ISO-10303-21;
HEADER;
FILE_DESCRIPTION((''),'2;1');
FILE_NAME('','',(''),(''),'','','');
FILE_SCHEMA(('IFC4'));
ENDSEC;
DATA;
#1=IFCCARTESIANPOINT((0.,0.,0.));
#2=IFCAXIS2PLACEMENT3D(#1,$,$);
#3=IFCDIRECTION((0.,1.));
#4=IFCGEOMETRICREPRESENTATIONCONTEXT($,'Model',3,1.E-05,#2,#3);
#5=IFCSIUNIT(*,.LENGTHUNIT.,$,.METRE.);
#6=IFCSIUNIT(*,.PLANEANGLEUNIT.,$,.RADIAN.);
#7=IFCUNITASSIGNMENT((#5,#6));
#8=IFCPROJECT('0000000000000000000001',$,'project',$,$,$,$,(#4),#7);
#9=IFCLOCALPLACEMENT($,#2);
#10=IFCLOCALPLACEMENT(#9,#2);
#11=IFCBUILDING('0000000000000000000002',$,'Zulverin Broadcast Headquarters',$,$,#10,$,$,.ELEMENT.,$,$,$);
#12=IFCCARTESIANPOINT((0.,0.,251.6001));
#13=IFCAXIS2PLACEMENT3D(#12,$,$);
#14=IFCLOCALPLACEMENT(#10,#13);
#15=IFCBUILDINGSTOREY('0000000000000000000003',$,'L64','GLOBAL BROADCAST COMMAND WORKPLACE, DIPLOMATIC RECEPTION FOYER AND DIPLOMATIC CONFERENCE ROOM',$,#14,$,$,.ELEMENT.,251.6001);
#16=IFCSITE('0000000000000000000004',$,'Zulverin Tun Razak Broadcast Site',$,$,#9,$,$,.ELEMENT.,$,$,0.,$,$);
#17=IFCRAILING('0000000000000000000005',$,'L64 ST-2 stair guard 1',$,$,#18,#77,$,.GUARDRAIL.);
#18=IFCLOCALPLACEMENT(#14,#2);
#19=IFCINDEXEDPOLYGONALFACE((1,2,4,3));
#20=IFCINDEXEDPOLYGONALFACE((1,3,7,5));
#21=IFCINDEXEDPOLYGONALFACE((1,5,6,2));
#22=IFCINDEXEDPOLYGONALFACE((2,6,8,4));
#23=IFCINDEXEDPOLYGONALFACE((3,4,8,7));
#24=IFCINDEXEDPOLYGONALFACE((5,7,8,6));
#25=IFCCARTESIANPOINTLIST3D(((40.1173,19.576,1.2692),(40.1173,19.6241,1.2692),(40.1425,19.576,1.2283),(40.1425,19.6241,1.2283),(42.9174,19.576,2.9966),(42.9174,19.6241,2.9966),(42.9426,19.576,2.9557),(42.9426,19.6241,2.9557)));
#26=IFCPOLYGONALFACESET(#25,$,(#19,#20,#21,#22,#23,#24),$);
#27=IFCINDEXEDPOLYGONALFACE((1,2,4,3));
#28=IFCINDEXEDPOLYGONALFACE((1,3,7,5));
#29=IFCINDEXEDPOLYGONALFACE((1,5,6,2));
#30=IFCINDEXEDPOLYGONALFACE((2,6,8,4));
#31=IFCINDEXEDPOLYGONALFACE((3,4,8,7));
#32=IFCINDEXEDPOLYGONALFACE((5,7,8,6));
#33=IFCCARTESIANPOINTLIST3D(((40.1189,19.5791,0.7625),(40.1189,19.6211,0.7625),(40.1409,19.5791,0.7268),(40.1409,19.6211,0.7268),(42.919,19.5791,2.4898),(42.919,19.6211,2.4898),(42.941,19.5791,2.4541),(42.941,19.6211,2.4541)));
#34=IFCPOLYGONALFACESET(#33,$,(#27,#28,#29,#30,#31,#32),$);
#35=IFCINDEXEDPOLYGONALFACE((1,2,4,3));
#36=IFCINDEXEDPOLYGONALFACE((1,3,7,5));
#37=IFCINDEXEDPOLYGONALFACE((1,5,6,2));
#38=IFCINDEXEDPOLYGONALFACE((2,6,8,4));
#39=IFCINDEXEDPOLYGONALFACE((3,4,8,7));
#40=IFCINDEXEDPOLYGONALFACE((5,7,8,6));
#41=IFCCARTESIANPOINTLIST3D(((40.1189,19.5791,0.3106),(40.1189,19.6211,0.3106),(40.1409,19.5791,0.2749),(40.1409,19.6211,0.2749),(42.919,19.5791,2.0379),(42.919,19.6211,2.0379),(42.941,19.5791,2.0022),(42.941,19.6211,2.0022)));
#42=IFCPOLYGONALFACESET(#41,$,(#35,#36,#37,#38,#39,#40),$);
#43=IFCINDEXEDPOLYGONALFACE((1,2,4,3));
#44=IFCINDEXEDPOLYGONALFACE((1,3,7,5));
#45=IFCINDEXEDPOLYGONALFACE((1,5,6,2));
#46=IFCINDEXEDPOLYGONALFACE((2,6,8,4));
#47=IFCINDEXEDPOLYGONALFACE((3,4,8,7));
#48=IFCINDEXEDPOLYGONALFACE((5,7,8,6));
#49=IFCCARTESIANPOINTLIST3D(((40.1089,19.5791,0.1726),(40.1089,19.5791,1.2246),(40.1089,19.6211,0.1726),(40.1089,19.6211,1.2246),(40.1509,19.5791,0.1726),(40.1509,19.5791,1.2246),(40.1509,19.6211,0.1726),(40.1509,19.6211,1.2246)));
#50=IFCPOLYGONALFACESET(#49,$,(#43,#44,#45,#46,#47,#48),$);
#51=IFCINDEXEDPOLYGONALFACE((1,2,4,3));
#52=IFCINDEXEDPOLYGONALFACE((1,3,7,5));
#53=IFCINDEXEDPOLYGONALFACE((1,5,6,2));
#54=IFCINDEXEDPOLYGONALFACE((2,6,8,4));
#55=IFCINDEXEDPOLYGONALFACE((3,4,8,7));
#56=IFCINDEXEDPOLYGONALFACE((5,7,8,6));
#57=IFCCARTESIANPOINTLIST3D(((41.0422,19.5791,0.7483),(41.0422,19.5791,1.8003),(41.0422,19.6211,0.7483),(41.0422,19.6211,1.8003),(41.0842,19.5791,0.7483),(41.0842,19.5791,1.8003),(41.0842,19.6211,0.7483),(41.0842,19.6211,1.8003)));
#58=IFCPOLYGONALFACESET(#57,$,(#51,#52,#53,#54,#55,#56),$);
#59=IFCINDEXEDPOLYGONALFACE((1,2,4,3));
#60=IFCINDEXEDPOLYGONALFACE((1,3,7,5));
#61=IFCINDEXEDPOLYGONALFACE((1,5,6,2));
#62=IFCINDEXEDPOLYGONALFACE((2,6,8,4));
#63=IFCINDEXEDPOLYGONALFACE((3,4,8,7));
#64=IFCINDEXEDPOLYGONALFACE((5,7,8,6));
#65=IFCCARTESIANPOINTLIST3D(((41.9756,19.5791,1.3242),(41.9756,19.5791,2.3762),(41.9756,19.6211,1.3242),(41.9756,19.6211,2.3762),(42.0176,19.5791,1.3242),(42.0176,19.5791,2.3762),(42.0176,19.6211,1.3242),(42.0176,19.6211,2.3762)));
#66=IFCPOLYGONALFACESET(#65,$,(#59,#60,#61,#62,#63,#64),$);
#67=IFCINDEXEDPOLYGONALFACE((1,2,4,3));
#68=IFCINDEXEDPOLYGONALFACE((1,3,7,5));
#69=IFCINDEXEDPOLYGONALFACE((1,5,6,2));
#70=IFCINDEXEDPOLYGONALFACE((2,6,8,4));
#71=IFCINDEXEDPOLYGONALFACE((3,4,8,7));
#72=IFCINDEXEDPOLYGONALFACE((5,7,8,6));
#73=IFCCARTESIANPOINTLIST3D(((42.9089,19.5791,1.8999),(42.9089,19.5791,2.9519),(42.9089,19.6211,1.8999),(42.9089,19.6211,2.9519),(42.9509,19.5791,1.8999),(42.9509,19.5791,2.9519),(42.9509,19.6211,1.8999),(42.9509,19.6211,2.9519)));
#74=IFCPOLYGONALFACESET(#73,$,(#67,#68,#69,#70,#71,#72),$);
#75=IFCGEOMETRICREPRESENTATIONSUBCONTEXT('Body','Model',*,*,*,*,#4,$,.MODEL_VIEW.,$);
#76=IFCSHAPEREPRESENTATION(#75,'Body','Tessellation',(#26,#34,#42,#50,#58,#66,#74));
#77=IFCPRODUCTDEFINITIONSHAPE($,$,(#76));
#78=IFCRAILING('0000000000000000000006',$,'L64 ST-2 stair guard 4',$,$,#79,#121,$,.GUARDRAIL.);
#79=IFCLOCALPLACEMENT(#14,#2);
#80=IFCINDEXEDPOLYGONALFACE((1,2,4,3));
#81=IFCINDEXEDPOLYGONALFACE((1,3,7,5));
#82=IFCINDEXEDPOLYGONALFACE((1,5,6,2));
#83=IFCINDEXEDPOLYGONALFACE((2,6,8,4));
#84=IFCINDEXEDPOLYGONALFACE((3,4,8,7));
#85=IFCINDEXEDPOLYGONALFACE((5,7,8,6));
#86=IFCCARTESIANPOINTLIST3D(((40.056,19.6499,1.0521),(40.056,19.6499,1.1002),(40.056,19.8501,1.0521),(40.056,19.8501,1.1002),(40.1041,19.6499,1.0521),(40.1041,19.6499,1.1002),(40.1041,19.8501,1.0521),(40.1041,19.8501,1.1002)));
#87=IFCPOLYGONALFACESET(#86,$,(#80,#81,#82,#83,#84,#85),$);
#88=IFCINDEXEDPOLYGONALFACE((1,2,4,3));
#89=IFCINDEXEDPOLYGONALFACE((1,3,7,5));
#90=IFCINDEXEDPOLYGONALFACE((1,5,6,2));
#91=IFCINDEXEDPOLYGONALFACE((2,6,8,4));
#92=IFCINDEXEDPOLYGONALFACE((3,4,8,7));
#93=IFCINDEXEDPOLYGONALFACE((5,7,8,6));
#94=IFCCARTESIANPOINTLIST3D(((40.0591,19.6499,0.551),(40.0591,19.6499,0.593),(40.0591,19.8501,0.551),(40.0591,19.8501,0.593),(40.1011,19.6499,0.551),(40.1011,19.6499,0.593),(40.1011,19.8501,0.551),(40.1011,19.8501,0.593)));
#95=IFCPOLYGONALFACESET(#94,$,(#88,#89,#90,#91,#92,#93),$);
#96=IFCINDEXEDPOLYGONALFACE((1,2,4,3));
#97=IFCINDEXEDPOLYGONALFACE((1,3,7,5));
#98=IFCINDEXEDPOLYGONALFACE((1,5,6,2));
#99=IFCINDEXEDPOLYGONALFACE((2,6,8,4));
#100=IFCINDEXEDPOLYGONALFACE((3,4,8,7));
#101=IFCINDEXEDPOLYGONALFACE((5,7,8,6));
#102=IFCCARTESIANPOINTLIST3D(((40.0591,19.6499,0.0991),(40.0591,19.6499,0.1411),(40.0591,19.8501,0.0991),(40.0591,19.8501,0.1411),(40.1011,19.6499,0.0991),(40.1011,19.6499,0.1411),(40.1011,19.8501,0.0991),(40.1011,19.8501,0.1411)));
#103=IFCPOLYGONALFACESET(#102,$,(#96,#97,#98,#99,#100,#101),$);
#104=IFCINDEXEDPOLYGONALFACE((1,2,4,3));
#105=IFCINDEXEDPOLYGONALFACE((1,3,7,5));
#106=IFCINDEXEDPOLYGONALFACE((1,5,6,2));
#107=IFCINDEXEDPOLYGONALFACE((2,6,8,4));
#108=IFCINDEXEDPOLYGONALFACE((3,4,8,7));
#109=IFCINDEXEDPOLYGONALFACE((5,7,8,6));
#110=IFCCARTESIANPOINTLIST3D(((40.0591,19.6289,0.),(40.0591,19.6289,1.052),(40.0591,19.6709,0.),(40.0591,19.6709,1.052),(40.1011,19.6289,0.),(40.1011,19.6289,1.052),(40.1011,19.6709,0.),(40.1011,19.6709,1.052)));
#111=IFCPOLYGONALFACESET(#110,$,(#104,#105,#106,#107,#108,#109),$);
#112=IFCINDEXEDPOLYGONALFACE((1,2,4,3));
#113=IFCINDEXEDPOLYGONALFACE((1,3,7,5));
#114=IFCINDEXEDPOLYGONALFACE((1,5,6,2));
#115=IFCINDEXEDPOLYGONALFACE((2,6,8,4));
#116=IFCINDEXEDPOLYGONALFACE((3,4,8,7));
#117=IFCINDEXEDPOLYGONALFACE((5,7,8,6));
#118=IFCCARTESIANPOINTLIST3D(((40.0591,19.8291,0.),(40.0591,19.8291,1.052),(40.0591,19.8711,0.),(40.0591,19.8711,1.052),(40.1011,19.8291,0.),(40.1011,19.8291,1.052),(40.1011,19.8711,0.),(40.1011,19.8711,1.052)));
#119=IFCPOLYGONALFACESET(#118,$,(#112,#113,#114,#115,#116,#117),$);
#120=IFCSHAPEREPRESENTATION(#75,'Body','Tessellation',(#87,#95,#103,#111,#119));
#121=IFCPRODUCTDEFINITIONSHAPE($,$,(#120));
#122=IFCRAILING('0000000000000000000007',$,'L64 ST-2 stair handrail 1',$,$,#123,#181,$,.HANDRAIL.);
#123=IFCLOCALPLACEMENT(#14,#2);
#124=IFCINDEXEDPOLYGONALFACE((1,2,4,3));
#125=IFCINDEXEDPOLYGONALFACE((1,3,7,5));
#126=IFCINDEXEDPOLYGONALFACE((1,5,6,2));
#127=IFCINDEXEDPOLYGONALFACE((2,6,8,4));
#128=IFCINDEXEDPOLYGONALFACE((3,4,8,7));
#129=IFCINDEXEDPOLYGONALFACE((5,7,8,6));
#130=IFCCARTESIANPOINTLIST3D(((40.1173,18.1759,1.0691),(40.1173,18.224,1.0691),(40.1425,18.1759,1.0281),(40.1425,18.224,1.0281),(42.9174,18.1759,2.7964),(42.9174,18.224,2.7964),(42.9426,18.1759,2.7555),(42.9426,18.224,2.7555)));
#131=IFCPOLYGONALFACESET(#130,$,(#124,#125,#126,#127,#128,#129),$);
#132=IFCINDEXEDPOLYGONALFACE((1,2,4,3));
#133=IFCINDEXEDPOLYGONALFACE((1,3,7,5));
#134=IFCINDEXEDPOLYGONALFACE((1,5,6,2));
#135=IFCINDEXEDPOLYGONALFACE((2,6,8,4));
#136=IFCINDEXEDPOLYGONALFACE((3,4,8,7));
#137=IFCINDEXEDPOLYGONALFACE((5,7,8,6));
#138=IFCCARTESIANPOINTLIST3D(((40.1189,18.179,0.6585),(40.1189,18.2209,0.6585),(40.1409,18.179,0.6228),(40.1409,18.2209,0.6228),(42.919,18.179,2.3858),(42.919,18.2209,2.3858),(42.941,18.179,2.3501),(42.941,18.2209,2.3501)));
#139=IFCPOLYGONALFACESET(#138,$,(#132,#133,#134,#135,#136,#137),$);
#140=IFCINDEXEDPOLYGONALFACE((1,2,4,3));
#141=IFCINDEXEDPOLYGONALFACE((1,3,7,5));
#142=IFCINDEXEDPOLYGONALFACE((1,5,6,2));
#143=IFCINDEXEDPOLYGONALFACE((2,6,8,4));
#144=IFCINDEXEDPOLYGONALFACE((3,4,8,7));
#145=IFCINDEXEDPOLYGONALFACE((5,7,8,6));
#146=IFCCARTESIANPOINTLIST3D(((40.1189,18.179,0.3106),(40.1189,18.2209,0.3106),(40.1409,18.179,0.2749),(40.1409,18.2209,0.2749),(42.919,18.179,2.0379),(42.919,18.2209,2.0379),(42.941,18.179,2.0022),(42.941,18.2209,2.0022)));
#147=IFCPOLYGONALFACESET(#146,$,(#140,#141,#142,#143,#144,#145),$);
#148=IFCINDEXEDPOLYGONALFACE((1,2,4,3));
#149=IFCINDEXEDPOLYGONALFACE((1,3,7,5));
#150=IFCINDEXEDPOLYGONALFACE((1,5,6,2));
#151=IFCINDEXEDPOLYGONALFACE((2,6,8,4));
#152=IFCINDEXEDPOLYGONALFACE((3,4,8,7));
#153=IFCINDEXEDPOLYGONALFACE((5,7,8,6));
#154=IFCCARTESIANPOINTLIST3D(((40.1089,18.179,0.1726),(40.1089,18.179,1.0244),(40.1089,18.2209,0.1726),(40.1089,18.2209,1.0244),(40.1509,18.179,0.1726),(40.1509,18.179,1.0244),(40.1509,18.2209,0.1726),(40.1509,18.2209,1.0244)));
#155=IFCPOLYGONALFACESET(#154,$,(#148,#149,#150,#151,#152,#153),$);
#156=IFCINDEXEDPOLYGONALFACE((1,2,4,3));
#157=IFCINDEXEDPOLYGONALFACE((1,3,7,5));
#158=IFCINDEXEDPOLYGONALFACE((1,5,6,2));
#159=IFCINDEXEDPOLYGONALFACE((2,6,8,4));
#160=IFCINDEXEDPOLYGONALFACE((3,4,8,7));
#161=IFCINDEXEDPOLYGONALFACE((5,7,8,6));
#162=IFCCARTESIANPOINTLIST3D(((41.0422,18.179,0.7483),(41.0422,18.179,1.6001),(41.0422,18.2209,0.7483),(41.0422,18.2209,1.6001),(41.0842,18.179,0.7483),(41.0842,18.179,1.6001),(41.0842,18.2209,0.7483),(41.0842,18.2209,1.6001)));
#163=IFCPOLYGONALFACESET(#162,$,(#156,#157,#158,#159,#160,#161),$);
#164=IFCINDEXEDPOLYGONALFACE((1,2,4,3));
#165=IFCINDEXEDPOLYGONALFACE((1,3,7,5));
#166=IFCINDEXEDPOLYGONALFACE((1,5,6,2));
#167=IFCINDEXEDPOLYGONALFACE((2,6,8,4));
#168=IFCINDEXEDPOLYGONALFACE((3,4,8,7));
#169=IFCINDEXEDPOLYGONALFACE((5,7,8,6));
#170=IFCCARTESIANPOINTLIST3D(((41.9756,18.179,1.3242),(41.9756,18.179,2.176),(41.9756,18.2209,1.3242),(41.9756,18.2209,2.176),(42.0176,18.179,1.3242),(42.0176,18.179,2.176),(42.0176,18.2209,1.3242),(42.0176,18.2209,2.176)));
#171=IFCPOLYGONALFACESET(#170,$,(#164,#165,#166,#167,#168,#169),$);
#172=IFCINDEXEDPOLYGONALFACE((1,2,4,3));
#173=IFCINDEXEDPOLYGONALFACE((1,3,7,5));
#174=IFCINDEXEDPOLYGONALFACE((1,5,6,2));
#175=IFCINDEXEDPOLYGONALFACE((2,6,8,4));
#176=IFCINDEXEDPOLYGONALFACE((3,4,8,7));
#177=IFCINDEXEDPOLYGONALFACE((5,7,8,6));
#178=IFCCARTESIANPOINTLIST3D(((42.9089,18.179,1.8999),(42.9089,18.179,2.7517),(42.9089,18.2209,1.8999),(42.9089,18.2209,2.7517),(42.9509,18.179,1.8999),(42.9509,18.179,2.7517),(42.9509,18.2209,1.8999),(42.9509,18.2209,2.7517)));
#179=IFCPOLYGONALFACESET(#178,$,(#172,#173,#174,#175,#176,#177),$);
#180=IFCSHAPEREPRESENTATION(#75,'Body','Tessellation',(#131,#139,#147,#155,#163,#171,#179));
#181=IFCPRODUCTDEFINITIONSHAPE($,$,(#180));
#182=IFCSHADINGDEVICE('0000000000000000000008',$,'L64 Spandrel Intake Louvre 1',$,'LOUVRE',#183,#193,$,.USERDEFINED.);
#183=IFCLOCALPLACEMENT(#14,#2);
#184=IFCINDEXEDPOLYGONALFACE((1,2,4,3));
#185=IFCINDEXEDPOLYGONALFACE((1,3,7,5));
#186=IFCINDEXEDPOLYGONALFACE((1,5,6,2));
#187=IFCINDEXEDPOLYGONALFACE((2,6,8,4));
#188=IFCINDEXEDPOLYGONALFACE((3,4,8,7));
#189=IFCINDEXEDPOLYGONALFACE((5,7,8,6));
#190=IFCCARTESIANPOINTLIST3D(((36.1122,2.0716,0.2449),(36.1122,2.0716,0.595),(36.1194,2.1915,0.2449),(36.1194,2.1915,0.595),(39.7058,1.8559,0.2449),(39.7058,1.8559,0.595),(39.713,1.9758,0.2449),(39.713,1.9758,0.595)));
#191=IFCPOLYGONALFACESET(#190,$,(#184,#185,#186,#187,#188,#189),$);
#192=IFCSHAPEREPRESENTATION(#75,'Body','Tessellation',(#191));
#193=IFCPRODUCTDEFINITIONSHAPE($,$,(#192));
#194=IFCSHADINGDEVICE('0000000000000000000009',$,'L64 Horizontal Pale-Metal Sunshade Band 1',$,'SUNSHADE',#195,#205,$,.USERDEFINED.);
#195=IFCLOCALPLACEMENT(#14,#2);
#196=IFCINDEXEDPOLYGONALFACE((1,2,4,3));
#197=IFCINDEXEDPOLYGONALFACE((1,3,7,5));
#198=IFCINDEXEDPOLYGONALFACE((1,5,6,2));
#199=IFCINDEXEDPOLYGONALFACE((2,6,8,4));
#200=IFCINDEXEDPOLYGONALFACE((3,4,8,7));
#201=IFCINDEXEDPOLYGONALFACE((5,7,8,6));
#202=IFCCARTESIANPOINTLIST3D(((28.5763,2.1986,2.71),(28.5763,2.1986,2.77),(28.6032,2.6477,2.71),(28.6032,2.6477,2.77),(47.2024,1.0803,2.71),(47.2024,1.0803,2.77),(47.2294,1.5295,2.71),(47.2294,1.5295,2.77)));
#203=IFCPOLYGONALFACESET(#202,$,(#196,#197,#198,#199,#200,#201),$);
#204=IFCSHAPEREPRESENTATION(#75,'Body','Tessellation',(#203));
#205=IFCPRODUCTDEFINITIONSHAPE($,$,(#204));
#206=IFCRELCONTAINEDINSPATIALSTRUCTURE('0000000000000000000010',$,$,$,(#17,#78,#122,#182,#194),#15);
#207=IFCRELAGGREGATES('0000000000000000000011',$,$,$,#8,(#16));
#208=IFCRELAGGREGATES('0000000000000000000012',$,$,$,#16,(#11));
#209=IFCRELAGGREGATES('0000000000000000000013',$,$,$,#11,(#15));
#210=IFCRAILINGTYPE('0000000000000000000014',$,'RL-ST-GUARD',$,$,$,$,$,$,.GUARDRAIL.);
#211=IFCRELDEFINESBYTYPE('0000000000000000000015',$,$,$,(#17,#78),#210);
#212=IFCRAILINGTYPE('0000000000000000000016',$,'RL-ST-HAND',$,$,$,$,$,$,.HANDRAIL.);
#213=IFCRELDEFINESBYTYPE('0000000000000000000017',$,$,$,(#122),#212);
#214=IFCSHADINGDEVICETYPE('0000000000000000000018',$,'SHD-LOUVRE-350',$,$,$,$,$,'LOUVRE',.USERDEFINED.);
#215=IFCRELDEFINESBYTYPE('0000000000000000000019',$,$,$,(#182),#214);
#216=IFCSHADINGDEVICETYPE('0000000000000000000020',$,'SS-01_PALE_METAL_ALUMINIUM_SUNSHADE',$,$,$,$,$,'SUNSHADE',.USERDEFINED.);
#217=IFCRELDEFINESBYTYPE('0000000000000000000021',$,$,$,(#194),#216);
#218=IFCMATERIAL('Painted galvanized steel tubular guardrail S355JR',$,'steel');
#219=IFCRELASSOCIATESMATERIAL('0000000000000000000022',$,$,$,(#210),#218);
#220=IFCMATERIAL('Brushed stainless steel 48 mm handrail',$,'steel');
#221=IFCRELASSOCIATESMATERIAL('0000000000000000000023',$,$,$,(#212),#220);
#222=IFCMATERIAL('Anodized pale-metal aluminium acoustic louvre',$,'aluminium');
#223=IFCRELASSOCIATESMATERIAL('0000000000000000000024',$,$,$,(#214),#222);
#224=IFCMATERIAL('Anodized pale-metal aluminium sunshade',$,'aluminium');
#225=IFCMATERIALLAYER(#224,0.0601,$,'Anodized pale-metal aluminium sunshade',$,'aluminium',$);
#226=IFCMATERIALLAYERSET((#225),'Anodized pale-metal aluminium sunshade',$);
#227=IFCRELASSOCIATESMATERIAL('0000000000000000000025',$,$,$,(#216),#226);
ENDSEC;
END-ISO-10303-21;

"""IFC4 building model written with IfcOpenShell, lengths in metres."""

from ifc_helpers import new_model, si_unit, direction, frame, origin, origin_2d, place, context, subcontext, project, spatial, rectangle, extrude, material, layer, layer_set, type_object, element, save


model = new_model("IFC4")

# Units and contexts
model_context = context("Model", 3, precision=1e-05, world=origin(), true_north=direction((0.0, 1.0)))
body_context = subcontext(model_context, "Body", "Model", "MODEL_VIEW")
ifc_project = project(units=[si_unit("LENGTHUNIT", "METRE"), si_unit("PLANEANGLEUNIT", "RADIAN")], contexts=[model_context])

# Site, building, storey
site_placement = place(None, origin())
site = spatial("IfcSite", under=ifc_project, at=site_placement, Name="Zulverin Tun Razak Broadcast Site", CompositionType="ELEMENT", RefElevation=0.0)
building_placement = place(site_placement, origin())
building = spatial("IfcBuilding", under=site, at=building_placement, Name="Zulverin Broadcast Headquarters", CompositionType="ELEMENT")
storey_placement = place(building_placement, frame((0.0, 0.0, 251.6001)))
storey = spatial("IfcBuildingStorey", under=building, at=storey_placement, Name="L64", Description="GLOBAL BROADCAST COMMAND WORKPLACE, DIPLOMATIC RECEPTION FOYER AND DIPLOMATIC CONFERENCE ROOM", CompositionType="ELEMENT", Elevation=251.6001)

# Railings
ifc_material_1 = material(Name="Painted galvanized steel tubular guardrail S355JR", Category="steel")
railing_type_1 = type_object("IfcRailingType", Name="RL-ST-GUARD", PredefinedType="GUARDRAIL", material=ifc_material_1)
railing_1_placement = place(storey_placement, frame((40.1299, 19.6001, 0.1726)))
element("IfcRailing", 1, at=railing_1_placement, inside=storey, type_object=railing_type_1, Name="L64 ST-2 stair guard 1", PredefinedType="GUARDRAIL", context=body_context, shape_type="SweptSolid", body=[
    extrude(rectangle(XDim=0.0481, YDim=0.0481, at=origin_2d()), frame((0.0, 0.0, 1.0762), z_axis=(0.85109, 0.0, 0.52502), x_axis=(0.0, 1.0, 0.0)), (0.0, 0.0, 1.0), 3.29),
    extrude(rectangle(XDim=0.042, YDim=0.042, at=origin_2d()), frame((0.0, 0.0, 0.572), z_axis=(0.85109, 0.0, 0.52502), x_axis=(0.0, 1.0, 0.0)), (0.0, 0.0, 1.0), 3.29),
    extrude(rectangle(XDim=0.042, YDim=0.042, at=origin_2d()), frame((0.0, 0.0, 0.1201), z_axis=(0.85109, 0.0, 0.52502), x_axis=(0.0, 1.0, 0.0)), (0.0, 0.0, 1.0), 3.29),
    extrude(rectangle(XDim=0.042, YDim=0.042, at=origin_2d()), origin(), (0.0, 0.0, 1.0), 1.052),
    extrude(rectangle(XDim=0.042, YDim=0.042, at=origin_2d()), frame((0.9333, 0.0, 0.5757)), (0.0, 0.0, 1.0), 1.052),
    extrude(rectangle(XDim=0.042, YDim=0.042, at=origin_2d()), frame((1.8667, 0.0, 1.1516)), (0.0, 0.0, 1.0), 1.052),
    extrude(rectangle(XDim=0.042, YDim=0.042, at=origin_2d()), frame((2.8, 0.0, 1.7273)), (0.0, 0.0, 1.0), 1.052),
])
railing_2_placement = place(storey_placement, frame((40.0801, 19.6499, 0.0)))
element("IfcRailing", 2, at=railing_2_placement, inside=storey, type_object=railing_type_1, Name="L64 ST-2 stair guard 4", PredefinedType="GUARDRAIL", context=body_context, shape_type="SweptSolid", body=[
    extrude(rectangle(XDim=0.0481, YDim=0.0481, at=origin_2d()), frame((0.0, 0.0, 1.0762), z_axis=(0.0, 1.0, 0.0), x_axis=(-1.0, 0.0, 0.0)), (0.0, 0.0, 1.0), 0.2002),
    extrude(rectangle(XDim=0.042, YDim=0.042, at=origin_2d()), frame((0.0, 0.0, 0.572), z_axis=(0.0, 1.0, 0.0), x_axis=(-1.0, 0.0, 0.0)), (0.0, 0.0, 1.0), 0.2002),
    extrude(rectangle(XDim=0.042, YDim=0.042, at=origin_2d()), frame((0.0, 0.0, 0.1201), z_axis=(0.0, 1.0, 0.0), x_axis=(-1.0, 0.0, 0.0)), (0.0, 0.0, 1.0), 0.2002),
    extrude(rectangle(XDim=0.042, YDim=0.042, at=origin_2d()), origin(), (0.0, 0.0, 1.0), 1.052),
    extrude(rectangle(XDim=0.042, YDim=0.042, at=origin_2d()), frame((0.0, 0.2002, 0.0)), (0.0, 0.0, 1.0), 1.052),
])
ifc_material_2 = material(Name="Brushed stainless steel 48 mm handrail", Category="steel")
railing_type_2 = type_object("IfcRailingType", Name="RL-ST-HAND", PredefinedType="HANDRAIL", material=ifc_material_2)
railing_3_placement = place(storey_placement, frame((40.1299, 18.2, 0.1726)))
element("IfcRailing", 3, at=railing_3_placement, inside=storey, type_object=railing_type_2, Name="L64 ST-2 stair handrail 1", PredefinedType="HANDRAIL", context=body_context, shape_type="SweptSolid", body=[
    extrude(rectangle(XDim=0.0481, YDim=0.0481, at=origin_2d()), frame((0.0, 0.0, 0.876), z_axis=(0.85109, 0.0, 0.52502), x_axis=(0.0, 1.0, 0.0)), (0.0, 0.0, 1.0), 3.29),
    extrude(rectangle(XDim=0.042, YDim=0.042, at=origin_2d()), frame((0.0, 0.0, 0.468), z_axis=(0.85109, 0.0, 0.52502), x_axis=(0.0, 1.0, 0.0)), (0.0, 0.0, 1.0), 3.29),
    extrude(rectangle(XDim=0.042, YDim=0.042, at=origin_2d()), frame((0.0, 0.0, 0.1201), z_axis=(0.85109, 0.0, 0.52502), x_axis=(0.0, 1.0, 0.0)), (0.0, 0.0, 1.0), 3.29),
    extrude(rectangle(XDim=0.042, YDim=0.042, at=origin_2d()), origin(), (0.0, 0.0, 1.0), 0.8518),
    extrude(rectangle(XDim=0.042, YDim=0.042, at=origin_2d()), frame((0.9333, 0.0, 0.5757)), (0.0, 0.0, 1.0), 0.8518),
    extrude(rectangle(XDim=0.042, YDim=0.042, at=origin_2d()), frame((1.8667, 0.0, 1.1516)), (0.0, 0.0, 1.0), 0.8518),
    extrude(rectangle(XDim=0.042, YDim=0.042, at=origin_2d()), frame((2.8, 0.0, 1.7273)), (0.0, 0.0, 1.0), 0.8518),
])

# Shading devices
ifc_material_3 = material(Name="Anodized pale-metal aluminium acoustic louvre", Category="aluminium")
shading_device_type_1 = type_object("IfcShadingDeviceType", Name="SHD-LOUVRE-350", ElementType="LOUVRE", PredefinedType="USERDEFINED", material=ifc_material_3)
shading_device_1_placement = place(storey_placement, frame((37.9126, 2.0237, 0.2449), z_axis=(0.0, 0.0, 1.0), x_axis=(0.998203, -0.059928, 0.0)))
element("IfcShadingDevice", 4, at=shading_device_1_placement, inside=storey, type_object=shading_device_type_1, Name="L64 Spandrel Intake Louvre 1", ObjectType="LOUVRE", PredefinedType="USERDEFINED", context=body_context, shape_type="SweptSolid", body=[
    extrude(rectangle(XDim=3.6001, YDim=0.1201, at=origin_2d()), origin(), (0.0, 0.0, 1.0), 0.3501),
])
ifc_material_4 = material(Name="Anodized pale-metal aluminium sunshade", Category="aluminium")
ifc_layer_1 = layer(ifc_material_4, 0.0601, Name="Anodized pale-metal aluminium sunshade", Category="aluminium")
ifc_layer_set_1 = layer_set([ifc_layer_1], Name="Anodized pale-metal aluminium sunshade")
shading_device_type_2 = type_object("IfcShadingDeviceType", Name="SS-01_PALE_METAL_ALUMINIUM_SUNSHADE", ElementType="SUNSHADE", PredefinedType="USERDEFINED", material=ifc_layer_set_1)
shading_device_2_placement = place(storey_placement, frame((37.9028, 1.864, 2.71), z_axis=(0.0, 0.0, 1.0), x_axis=(0.998203, -0.059928, 0.0)))
element("IfcShadingDevice", 5, at=shading_device_2_placement, inside=storey, type_object=shading_device_type_2, Name="L64 Horizontal Pale-Metal Sunshade Band 1", ObjectType="SUNSHADE", PredefinedType="USERDEFINED", context=body_context, shape_type="SweptSolid", body=[
    extrude(rectangle(XDim=18.6597, YDim=0.45, at=origin_2d()), origin(), (0.0, 0.0, 1.0), 0.0601),
])

save(model, "model.ifc")
